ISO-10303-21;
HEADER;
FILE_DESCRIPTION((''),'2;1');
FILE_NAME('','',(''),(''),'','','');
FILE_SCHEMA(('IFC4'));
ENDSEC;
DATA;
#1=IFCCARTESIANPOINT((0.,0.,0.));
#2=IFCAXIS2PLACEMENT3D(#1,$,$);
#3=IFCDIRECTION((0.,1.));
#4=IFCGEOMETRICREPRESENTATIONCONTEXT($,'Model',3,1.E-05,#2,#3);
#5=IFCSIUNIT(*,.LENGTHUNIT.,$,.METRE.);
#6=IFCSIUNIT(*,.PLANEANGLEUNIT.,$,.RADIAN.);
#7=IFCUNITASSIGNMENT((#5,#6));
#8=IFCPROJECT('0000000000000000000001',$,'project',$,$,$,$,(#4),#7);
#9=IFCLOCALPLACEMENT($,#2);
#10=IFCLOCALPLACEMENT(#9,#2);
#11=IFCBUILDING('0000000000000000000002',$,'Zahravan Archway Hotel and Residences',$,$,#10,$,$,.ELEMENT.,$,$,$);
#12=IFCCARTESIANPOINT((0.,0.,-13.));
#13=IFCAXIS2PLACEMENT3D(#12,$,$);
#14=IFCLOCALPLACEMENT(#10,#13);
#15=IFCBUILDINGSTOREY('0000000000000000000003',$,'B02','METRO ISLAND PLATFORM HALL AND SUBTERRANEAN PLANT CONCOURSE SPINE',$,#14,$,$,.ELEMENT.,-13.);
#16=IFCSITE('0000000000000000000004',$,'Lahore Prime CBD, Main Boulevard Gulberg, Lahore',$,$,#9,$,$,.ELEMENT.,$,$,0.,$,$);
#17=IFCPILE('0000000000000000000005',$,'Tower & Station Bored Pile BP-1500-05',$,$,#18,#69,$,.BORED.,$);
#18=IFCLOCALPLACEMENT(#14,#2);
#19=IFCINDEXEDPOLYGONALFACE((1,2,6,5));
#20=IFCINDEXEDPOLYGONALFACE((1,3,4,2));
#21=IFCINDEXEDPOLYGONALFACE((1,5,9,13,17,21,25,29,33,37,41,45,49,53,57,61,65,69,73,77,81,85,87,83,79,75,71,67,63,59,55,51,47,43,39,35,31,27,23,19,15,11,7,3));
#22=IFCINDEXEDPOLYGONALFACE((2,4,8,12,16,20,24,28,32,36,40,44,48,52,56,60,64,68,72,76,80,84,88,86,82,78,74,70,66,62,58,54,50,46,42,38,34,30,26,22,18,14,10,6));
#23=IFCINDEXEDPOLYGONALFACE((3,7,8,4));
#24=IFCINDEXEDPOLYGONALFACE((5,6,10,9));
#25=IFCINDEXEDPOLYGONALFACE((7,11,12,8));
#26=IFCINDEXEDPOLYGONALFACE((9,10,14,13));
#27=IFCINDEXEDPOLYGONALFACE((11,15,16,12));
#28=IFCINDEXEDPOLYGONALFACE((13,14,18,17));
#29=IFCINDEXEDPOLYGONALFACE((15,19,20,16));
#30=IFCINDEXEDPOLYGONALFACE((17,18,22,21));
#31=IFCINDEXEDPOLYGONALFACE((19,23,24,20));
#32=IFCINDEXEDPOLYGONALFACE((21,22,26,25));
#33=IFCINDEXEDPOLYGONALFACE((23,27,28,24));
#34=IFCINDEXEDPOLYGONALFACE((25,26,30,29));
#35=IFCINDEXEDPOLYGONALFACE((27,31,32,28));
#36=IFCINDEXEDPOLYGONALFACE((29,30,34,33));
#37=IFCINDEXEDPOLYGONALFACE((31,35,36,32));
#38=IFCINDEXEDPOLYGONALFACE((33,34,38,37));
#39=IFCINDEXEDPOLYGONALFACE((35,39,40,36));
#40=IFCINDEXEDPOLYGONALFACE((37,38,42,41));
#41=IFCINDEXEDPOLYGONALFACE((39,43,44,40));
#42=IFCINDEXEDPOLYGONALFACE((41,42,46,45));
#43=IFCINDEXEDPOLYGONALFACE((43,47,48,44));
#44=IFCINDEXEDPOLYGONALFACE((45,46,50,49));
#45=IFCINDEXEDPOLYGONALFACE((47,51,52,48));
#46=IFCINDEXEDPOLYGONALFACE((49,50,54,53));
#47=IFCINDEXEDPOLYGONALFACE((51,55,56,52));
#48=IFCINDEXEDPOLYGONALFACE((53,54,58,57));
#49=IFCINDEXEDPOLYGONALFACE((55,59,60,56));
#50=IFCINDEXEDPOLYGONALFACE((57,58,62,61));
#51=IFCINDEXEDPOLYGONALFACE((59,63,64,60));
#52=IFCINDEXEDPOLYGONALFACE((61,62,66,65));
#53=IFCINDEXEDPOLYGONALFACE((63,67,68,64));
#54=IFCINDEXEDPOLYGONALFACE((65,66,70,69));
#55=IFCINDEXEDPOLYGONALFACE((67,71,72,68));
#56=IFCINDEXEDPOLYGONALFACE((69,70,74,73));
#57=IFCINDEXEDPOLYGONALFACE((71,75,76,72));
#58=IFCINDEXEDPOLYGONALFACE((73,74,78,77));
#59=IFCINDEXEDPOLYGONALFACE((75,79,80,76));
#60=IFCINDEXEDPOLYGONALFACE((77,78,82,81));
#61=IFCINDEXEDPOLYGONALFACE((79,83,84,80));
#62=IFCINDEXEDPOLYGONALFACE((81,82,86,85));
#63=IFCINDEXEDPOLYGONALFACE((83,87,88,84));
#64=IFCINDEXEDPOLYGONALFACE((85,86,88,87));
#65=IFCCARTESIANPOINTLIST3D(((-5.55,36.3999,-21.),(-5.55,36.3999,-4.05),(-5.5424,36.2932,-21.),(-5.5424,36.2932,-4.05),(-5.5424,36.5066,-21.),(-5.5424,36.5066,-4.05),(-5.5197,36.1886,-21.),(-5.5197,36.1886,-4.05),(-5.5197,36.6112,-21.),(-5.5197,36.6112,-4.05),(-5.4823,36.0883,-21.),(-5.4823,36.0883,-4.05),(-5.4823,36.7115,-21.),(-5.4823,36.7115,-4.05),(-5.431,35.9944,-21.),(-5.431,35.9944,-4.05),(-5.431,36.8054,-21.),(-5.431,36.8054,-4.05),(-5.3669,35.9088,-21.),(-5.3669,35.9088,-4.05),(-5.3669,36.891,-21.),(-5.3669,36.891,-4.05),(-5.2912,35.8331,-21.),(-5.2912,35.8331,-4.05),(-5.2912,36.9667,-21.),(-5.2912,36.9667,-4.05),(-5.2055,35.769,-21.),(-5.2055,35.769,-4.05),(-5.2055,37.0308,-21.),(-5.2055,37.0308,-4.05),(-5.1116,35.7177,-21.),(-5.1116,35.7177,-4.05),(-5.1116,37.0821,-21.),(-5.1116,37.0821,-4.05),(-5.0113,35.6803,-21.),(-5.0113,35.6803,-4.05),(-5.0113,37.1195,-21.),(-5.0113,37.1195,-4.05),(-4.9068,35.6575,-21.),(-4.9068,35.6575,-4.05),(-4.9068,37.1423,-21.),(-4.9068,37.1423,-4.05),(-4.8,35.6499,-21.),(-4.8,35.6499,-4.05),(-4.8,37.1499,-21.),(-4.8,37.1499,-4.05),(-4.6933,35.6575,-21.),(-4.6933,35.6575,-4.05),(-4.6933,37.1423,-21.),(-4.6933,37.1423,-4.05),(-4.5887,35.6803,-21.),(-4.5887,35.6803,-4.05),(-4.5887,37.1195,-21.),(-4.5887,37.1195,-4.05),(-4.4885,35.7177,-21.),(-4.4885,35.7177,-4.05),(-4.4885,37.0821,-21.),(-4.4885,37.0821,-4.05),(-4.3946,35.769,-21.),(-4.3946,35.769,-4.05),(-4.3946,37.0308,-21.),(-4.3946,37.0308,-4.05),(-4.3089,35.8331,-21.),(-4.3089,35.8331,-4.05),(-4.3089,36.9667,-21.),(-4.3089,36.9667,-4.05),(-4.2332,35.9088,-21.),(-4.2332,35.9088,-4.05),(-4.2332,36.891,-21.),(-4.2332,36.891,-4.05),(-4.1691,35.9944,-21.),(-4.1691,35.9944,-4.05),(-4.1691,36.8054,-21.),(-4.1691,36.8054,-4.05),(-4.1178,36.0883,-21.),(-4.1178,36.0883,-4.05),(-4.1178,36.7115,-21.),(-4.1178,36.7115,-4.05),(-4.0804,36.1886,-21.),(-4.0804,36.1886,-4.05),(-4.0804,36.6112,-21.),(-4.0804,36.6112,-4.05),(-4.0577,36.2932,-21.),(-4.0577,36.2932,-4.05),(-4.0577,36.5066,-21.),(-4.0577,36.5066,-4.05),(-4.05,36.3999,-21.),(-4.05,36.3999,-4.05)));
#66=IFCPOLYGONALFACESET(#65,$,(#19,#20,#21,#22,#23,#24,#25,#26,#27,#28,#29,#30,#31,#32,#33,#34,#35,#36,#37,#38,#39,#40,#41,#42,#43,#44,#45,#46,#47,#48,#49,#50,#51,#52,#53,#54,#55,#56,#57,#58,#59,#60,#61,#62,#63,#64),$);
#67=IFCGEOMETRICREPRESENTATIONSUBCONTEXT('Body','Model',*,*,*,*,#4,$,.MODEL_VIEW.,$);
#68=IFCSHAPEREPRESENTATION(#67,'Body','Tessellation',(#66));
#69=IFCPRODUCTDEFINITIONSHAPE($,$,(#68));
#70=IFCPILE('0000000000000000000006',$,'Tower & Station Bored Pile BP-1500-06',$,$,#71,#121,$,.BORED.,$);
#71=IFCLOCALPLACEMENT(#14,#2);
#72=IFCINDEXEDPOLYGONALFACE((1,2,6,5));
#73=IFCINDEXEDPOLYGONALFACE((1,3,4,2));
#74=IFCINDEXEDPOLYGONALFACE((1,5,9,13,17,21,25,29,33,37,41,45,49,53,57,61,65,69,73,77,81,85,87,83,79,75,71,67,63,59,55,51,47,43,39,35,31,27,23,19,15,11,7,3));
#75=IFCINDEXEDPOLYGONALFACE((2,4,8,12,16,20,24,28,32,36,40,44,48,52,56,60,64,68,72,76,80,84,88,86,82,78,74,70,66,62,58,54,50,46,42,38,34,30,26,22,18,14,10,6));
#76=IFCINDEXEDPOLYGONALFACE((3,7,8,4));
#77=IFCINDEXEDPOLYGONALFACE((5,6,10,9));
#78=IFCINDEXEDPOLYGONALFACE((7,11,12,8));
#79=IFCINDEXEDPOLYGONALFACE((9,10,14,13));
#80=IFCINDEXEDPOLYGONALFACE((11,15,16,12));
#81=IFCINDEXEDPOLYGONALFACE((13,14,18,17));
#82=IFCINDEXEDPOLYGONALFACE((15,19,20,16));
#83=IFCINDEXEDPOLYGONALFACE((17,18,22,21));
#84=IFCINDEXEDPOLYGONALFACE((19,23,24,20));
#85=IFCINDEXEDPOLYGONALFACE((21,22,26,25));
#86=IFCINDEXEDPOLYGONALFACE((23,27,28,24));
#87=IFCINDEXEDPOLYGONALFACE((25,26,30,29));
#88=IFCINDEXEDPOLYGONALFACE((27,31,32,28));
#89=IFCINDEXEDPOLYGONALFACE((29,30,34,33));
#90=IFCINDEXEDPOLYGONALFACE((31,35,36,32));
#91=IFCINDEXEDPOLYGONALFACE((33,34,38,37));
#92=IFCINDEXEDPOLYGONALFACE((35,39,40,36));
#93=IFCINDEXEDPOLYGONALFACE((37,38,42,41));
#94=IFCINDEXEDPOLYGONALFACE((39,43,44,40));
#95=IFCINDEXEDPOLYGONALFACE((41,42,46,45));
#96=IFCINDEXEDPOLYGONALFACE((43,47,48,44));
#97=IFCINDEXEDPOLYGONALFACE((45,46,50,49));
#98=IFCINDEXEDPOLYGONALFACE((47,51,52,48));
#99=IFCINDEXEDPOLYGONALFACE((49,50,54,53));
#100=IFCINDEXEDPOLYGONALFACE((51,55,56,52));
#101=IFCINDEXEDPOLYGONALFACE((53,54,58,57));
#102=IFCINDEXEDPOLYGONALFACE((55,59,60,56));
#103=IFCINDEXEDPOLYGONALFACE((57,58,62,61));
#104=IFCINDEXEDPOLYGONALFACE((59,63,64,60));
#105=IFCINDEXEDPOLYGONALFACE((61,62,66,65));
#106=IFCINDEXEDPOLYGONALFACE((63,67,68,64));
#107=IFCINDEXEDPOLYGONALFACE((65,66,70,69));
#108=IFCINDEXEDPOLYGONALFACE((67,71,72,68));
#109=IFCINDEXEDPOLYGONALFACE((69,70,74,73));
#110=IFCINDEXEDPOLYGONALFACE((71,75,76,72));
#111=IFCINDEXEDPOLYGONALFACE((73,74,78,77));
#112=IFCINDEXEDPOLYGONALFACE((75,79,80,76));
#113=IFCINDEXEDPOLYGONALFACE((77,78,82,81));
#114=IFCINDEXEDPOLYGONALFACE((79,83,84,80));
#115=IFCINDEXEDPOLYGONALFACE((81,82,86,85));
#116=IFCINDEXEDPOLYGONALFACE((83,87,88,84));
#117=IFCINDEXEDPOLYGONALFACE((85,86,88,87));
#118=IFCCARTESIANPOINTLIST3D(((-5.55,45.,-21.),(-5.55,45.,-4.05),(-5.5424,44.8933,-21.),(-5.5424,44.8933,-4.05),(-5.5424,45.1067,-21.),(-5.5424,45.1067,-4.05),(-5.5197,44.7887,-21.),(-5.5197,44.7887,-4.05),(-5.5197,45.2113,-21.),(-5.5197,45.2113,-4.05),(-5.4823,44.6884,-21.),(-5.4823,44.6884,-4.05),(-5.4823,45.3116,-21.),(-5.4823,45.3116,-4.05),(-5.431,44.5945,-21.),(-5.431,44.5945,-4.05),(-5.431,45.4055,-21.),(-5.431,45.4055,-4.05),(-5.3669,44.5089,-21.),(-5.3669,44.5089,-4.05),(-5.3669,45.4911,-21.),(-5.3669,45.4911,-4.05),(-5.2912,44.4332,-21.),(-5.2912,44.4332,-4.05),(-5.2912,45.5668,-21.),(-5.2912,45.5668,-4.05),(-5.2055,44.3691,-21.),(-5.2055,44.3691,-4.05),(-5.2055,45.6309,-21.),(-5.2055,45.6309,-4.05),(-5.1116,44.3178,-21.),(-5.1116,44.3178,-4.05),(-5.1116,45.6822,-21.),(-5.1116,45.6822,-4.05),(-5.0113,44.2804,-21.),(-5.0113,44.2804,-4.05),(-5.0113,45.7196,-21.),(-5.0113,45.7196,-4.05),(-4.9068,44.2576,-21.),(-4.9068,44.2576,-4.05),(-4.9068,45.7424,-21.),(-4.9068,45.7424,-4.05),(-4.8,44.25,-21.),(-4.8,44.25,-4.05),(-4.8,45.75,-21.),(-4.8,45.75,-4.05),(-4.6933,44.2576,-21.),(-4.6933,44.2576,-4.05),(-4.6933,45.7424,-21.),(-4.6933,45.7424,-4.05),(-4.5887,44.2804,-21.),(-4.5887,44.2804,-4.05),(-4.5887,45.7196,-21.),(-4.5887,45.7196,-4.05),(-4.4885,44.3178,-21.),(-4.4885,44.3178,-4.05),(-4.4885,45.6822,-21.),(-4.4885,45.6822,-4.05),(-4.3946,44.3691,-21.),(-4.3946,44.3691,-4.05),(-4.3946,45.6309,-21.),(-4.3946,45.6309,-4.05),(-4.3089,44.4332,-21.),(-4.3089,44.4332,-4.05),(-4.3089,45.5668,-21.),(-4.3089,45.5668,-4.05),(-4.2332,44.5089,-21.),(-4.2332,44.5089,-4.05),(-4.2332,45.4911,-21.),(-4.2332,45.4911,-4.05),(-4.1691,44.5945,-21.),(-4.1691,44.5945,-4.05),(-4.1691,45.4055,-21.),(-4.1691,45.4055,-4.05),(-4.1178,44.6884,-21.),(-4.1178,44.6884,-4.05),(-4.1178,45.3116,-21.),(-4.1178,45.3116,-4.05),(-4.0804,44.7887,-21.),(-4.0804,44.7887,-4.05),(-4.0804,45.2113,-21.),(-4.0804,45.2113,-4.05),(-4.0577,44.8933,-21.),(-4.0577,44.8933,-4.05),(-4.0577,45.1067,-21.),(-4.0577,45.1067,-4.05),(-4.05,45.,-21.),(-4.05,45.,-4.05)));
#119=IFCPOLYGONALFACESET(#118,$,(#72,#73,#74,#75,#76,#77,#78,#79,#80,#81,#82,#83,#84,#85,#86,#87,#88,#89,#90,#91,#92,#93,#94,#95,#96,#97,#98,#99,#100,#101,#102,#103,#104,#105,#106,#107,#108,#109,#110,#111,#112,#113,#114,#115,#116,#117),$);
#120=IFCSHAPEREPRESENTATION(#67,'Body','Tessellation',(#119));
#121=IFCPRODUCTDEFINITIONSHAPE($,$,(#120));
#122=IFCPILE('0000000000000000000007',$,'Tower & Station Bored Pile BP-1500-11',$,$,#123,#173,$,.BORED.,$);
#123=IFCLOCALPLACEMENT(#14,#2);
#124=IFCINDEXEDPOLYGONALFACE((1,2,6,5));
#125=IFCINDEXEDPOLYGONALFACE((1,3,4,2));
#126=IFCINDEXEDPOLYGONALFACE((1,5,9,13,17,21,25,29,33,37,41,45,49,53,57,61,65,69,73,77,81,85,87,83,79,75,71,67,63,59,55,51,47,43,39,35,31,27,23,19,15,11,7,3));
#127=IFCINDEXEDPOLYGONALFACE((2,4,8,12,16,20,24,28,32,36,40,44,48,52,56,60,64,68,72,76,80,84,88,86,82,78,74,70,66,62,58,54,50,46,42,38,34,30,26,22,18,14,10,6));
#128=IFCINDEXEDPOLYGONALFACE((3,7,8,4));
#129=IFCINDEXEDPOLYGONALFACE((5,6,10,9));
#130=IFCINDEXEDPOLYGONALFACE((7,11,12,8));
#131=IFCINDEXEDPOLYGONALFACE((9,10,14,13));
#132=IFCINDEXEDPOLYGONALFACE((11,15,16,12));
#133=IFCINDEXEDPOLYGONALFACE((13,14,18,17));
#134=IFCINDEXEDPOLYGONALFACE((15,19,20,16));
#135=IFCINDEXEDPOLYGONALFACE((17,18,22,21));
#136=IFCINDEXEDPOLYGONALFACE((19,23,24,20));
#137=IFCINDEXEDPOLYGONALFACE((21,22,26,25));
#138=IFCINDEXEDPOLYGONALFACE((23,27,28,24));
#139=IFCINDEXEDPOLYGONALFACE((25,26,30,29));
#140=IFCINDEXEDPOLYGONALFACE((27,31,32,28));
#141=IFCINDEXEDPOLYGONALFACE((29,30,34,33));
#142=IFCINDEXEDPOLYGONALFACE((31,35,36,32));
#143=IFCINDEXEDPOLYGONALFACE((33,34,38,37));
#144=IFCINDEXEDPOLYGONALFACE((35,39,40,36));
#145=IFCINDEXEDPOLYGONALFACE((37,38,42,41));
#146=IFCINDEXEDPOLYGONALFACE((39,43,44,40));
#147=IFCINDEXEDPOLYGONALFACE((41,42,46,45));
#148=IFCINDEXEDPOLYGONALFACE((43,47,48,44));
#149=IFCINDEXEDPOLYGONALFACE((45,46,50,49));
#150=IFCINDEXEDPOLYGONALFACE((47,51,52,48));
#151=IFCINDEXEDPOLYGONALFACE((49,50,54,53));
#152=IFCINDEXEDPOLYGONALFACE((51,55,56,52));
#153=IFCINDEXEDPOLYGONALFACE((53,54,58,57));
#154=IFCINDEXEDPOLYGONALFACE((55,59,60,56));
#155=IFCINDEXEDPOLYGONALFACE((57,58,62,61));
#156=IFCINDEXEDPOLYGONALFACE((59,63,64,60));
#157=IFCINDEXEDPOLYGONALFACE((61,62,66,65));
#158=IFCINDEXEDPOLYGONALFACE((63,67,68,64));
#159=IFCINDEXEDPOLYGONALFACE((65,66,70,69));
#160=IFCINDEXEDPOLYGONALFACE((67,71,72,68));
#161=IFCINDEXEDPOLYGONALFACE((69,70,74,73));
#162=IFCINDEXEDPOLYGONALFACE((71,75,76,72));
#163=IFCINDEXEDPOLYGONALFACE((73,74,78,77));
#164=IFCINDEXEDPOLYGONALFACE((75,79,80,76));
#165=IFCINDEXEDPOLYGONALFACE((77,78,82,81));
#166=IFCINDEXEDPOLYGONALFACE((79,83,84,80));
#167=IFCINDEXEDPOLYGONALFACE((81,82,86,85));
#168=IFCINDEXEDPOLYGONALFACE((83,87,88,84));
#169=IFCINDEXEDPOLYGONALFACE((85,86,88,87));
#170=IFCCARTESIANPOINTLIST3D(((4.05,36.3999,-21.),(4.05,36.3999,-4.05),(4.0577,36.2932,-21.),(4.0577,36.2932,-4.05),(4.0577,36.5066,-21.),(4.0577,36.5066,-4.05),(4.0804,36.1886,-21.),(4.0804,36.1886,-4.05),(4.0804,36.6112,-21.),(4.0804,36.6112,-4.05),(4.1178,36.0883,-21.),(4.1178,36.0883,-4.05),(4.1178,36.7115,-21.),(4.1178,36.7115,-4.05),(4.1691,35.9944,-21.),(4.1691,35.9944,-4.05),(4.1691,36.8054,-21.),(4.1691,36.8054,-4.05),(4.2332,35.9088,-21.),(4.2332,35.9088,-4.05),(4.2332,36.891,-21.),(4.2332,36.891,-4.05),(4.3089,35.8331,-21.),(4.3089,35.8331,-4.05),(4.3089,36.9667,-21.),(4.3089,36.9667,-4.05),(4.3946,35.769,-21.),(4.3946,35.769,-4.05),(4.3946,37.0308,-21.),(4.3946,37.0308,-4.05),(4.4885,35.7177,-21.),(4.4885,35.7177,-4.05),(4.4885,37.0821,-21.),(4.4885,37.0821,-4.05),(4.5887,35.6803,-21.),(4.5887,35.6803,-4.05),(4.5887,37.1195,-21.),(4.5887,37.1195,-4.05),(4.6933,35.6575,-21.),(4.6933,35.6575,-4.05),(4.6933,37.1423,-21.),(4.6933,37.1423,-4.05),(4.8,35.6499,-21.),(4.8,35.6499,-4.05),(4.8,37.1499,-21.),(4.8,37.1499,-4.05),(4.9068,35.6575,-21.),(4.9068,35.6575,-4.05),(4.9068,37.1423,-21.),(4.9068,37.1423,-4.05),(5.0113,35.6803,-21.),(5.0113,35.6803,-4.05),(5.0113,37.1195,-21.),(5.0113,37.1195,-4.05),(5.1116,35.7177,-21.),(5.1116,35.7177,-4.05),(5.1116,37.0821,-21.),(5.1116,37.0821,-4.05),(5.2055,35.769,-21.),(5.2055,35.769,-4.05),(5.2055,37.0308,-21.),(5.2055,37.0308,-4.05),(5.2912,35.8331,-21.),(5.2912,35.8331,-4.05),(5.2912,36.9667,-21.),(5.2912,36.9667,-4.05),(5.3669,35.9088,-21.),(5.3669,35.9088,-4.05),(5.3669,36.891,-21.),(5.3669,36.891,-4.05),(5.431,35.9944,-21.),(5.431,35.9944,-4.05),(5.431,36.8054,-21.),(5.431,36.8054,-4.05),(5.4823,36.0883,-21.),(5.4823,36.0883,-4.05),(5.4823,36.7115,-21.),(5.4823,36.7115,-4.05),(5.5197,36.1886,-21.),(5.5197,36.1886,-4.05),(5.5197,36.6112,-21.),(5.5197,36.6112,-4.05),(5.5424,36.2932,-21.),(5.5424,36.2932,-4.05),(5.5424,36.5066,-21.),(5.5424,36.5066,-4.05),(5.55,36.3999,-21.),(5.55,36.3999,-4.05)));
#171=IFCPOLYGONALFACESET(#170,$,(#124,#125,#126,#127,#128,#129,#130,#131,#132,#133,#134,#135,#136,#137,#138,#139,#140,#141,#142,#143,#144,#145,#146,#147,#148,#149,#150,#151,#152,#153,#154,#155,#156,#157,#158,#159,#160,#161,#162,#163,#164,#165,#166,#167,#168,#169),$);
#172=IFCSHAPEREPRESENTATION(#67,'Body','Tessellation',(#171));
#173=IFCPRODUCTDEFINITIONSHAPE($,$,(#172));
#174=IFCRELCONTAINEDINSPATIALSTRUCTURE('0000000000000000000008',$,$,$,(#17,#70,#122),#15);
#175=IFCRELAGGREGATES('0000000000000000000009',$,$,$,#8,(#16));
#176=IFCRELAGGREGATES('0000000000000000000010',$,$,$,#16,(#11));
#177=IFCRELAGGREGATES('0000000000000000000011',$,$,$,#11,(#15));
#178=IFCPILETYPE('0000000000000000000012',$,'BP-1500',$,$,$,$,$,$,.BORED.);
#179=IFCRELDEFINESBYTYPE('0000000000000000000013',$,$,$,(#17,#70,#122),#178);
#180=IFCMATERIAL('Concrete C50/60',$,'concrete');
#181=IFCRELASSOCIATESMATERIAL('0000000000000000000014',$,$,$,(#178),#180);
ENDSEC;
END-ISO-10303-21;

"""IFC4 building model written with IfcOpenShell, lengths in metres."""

from ifc_helpers import new_model, si_unit, direction, frame, origin, origin_2d, place, context, subcontext, project, spatial, circle, extrude, source, transform, mapped, material, material_profile, profile_set, type_object, type_shapes, element, save


model = new_model("IFC4")

# Units and contexts
model_context = context("Model", 3, precision=1e-05, world=origin(), true_north=direction((0.0, 1.0)))
body_context = subcontext(model_context, "Body", "Model", "MODEL_VIEW")
ifc_project = project(units=[si_unit("LENGTHUNIT", "METRE"), si_unit("PLANEANGLEUNIT", "RADIAN")], contexts=[model_context])

# Site, building, storey
site_placement = place(None, origin())
site = spatial("IfcSite", under=ifc_project, at=site_placement, Name="Lahore Prime CBD, Main Boulevard Gulberg, Lahore", CompositionType="ELEMENT", RefElevation=0.0)
building_placement = place(site_placement, origin())
building = spatial("IfcBuilding", under=site, at=building_placement, Name="Zahravan Archway Hotel and Residences", CompositionType="ELEMENT")
storey_placement = place(building_placement, frame((0.0, 0.0, -13.0)))
storey = spatial("IfcBuildingStorey", under=building, at=storey_placement, Name="B02", Description="METRO ISLAND PLATFORM HALL AND SUBTERRANEAN PLANT CONCOURSE SPINE", CompositionType="ELEMENT", Elevation=-13.0)

# Piles
ifc_material_1 = material(Name="Concrete C50/60", Category="concrete")
ifc_material_profile_1 = material_profile(ifc_material_1, circle(Radius=0.75, at=origin_2d()), Name="PILE D1500", Category="concrete")
ifc_profile_set_1 = profile_set([ifc_material_profile_1], Name="Concrete C50/60")
pile_type = type_object("IfcPileType", Name="BP-1500", PredefinedType="BORED", material=ifc_profile_set_1)
shared_shape_1 = source(origin(), body_context, "Body", "SweptSolid", [
    extrude(circle(Radius=0.75, at=origin_2d()), origin(), (0.0, 0.0, 1.0), 16.95),
])
type_shapes(pile_type, [shared_shape_1])
for number, where, z_axis, x_axis, name in (
    (1, (-4.8, 36.3999, -4.05), (0.0, 0.0, -1.0), (1.0, 0.0, 0.0), "Tower & Station Bored Pile BP-1500-05"),
    (2, (-4.8, 45.0, -4.05), (0.0, 0.0, -1.0), (1.0, 0.0, 0.0), "Tower & Station Bored Pile BP-1500-06"),
    (3, (4.8, 36.3999, -4.05), (0.0, 0.0, -1.0), (1.0, 0.0, 0.0), "Tower & Station Bored Pile BP-1500-11"),
):
    element("IfcPile", number, at=place(storey_placement, frame(where, z_axis=z_axis, x_axis=x_axis)), inside=storey, type_object=pile_type, Name=name, PredefinedType="BORED", context=body_context, shape_type="MappedRepresentation", body=[
        mapped(shared_shape_1, transform((0.0, 0.0, 0.0), scale=1.0)),
    ])

save(model, "model.ifc")
